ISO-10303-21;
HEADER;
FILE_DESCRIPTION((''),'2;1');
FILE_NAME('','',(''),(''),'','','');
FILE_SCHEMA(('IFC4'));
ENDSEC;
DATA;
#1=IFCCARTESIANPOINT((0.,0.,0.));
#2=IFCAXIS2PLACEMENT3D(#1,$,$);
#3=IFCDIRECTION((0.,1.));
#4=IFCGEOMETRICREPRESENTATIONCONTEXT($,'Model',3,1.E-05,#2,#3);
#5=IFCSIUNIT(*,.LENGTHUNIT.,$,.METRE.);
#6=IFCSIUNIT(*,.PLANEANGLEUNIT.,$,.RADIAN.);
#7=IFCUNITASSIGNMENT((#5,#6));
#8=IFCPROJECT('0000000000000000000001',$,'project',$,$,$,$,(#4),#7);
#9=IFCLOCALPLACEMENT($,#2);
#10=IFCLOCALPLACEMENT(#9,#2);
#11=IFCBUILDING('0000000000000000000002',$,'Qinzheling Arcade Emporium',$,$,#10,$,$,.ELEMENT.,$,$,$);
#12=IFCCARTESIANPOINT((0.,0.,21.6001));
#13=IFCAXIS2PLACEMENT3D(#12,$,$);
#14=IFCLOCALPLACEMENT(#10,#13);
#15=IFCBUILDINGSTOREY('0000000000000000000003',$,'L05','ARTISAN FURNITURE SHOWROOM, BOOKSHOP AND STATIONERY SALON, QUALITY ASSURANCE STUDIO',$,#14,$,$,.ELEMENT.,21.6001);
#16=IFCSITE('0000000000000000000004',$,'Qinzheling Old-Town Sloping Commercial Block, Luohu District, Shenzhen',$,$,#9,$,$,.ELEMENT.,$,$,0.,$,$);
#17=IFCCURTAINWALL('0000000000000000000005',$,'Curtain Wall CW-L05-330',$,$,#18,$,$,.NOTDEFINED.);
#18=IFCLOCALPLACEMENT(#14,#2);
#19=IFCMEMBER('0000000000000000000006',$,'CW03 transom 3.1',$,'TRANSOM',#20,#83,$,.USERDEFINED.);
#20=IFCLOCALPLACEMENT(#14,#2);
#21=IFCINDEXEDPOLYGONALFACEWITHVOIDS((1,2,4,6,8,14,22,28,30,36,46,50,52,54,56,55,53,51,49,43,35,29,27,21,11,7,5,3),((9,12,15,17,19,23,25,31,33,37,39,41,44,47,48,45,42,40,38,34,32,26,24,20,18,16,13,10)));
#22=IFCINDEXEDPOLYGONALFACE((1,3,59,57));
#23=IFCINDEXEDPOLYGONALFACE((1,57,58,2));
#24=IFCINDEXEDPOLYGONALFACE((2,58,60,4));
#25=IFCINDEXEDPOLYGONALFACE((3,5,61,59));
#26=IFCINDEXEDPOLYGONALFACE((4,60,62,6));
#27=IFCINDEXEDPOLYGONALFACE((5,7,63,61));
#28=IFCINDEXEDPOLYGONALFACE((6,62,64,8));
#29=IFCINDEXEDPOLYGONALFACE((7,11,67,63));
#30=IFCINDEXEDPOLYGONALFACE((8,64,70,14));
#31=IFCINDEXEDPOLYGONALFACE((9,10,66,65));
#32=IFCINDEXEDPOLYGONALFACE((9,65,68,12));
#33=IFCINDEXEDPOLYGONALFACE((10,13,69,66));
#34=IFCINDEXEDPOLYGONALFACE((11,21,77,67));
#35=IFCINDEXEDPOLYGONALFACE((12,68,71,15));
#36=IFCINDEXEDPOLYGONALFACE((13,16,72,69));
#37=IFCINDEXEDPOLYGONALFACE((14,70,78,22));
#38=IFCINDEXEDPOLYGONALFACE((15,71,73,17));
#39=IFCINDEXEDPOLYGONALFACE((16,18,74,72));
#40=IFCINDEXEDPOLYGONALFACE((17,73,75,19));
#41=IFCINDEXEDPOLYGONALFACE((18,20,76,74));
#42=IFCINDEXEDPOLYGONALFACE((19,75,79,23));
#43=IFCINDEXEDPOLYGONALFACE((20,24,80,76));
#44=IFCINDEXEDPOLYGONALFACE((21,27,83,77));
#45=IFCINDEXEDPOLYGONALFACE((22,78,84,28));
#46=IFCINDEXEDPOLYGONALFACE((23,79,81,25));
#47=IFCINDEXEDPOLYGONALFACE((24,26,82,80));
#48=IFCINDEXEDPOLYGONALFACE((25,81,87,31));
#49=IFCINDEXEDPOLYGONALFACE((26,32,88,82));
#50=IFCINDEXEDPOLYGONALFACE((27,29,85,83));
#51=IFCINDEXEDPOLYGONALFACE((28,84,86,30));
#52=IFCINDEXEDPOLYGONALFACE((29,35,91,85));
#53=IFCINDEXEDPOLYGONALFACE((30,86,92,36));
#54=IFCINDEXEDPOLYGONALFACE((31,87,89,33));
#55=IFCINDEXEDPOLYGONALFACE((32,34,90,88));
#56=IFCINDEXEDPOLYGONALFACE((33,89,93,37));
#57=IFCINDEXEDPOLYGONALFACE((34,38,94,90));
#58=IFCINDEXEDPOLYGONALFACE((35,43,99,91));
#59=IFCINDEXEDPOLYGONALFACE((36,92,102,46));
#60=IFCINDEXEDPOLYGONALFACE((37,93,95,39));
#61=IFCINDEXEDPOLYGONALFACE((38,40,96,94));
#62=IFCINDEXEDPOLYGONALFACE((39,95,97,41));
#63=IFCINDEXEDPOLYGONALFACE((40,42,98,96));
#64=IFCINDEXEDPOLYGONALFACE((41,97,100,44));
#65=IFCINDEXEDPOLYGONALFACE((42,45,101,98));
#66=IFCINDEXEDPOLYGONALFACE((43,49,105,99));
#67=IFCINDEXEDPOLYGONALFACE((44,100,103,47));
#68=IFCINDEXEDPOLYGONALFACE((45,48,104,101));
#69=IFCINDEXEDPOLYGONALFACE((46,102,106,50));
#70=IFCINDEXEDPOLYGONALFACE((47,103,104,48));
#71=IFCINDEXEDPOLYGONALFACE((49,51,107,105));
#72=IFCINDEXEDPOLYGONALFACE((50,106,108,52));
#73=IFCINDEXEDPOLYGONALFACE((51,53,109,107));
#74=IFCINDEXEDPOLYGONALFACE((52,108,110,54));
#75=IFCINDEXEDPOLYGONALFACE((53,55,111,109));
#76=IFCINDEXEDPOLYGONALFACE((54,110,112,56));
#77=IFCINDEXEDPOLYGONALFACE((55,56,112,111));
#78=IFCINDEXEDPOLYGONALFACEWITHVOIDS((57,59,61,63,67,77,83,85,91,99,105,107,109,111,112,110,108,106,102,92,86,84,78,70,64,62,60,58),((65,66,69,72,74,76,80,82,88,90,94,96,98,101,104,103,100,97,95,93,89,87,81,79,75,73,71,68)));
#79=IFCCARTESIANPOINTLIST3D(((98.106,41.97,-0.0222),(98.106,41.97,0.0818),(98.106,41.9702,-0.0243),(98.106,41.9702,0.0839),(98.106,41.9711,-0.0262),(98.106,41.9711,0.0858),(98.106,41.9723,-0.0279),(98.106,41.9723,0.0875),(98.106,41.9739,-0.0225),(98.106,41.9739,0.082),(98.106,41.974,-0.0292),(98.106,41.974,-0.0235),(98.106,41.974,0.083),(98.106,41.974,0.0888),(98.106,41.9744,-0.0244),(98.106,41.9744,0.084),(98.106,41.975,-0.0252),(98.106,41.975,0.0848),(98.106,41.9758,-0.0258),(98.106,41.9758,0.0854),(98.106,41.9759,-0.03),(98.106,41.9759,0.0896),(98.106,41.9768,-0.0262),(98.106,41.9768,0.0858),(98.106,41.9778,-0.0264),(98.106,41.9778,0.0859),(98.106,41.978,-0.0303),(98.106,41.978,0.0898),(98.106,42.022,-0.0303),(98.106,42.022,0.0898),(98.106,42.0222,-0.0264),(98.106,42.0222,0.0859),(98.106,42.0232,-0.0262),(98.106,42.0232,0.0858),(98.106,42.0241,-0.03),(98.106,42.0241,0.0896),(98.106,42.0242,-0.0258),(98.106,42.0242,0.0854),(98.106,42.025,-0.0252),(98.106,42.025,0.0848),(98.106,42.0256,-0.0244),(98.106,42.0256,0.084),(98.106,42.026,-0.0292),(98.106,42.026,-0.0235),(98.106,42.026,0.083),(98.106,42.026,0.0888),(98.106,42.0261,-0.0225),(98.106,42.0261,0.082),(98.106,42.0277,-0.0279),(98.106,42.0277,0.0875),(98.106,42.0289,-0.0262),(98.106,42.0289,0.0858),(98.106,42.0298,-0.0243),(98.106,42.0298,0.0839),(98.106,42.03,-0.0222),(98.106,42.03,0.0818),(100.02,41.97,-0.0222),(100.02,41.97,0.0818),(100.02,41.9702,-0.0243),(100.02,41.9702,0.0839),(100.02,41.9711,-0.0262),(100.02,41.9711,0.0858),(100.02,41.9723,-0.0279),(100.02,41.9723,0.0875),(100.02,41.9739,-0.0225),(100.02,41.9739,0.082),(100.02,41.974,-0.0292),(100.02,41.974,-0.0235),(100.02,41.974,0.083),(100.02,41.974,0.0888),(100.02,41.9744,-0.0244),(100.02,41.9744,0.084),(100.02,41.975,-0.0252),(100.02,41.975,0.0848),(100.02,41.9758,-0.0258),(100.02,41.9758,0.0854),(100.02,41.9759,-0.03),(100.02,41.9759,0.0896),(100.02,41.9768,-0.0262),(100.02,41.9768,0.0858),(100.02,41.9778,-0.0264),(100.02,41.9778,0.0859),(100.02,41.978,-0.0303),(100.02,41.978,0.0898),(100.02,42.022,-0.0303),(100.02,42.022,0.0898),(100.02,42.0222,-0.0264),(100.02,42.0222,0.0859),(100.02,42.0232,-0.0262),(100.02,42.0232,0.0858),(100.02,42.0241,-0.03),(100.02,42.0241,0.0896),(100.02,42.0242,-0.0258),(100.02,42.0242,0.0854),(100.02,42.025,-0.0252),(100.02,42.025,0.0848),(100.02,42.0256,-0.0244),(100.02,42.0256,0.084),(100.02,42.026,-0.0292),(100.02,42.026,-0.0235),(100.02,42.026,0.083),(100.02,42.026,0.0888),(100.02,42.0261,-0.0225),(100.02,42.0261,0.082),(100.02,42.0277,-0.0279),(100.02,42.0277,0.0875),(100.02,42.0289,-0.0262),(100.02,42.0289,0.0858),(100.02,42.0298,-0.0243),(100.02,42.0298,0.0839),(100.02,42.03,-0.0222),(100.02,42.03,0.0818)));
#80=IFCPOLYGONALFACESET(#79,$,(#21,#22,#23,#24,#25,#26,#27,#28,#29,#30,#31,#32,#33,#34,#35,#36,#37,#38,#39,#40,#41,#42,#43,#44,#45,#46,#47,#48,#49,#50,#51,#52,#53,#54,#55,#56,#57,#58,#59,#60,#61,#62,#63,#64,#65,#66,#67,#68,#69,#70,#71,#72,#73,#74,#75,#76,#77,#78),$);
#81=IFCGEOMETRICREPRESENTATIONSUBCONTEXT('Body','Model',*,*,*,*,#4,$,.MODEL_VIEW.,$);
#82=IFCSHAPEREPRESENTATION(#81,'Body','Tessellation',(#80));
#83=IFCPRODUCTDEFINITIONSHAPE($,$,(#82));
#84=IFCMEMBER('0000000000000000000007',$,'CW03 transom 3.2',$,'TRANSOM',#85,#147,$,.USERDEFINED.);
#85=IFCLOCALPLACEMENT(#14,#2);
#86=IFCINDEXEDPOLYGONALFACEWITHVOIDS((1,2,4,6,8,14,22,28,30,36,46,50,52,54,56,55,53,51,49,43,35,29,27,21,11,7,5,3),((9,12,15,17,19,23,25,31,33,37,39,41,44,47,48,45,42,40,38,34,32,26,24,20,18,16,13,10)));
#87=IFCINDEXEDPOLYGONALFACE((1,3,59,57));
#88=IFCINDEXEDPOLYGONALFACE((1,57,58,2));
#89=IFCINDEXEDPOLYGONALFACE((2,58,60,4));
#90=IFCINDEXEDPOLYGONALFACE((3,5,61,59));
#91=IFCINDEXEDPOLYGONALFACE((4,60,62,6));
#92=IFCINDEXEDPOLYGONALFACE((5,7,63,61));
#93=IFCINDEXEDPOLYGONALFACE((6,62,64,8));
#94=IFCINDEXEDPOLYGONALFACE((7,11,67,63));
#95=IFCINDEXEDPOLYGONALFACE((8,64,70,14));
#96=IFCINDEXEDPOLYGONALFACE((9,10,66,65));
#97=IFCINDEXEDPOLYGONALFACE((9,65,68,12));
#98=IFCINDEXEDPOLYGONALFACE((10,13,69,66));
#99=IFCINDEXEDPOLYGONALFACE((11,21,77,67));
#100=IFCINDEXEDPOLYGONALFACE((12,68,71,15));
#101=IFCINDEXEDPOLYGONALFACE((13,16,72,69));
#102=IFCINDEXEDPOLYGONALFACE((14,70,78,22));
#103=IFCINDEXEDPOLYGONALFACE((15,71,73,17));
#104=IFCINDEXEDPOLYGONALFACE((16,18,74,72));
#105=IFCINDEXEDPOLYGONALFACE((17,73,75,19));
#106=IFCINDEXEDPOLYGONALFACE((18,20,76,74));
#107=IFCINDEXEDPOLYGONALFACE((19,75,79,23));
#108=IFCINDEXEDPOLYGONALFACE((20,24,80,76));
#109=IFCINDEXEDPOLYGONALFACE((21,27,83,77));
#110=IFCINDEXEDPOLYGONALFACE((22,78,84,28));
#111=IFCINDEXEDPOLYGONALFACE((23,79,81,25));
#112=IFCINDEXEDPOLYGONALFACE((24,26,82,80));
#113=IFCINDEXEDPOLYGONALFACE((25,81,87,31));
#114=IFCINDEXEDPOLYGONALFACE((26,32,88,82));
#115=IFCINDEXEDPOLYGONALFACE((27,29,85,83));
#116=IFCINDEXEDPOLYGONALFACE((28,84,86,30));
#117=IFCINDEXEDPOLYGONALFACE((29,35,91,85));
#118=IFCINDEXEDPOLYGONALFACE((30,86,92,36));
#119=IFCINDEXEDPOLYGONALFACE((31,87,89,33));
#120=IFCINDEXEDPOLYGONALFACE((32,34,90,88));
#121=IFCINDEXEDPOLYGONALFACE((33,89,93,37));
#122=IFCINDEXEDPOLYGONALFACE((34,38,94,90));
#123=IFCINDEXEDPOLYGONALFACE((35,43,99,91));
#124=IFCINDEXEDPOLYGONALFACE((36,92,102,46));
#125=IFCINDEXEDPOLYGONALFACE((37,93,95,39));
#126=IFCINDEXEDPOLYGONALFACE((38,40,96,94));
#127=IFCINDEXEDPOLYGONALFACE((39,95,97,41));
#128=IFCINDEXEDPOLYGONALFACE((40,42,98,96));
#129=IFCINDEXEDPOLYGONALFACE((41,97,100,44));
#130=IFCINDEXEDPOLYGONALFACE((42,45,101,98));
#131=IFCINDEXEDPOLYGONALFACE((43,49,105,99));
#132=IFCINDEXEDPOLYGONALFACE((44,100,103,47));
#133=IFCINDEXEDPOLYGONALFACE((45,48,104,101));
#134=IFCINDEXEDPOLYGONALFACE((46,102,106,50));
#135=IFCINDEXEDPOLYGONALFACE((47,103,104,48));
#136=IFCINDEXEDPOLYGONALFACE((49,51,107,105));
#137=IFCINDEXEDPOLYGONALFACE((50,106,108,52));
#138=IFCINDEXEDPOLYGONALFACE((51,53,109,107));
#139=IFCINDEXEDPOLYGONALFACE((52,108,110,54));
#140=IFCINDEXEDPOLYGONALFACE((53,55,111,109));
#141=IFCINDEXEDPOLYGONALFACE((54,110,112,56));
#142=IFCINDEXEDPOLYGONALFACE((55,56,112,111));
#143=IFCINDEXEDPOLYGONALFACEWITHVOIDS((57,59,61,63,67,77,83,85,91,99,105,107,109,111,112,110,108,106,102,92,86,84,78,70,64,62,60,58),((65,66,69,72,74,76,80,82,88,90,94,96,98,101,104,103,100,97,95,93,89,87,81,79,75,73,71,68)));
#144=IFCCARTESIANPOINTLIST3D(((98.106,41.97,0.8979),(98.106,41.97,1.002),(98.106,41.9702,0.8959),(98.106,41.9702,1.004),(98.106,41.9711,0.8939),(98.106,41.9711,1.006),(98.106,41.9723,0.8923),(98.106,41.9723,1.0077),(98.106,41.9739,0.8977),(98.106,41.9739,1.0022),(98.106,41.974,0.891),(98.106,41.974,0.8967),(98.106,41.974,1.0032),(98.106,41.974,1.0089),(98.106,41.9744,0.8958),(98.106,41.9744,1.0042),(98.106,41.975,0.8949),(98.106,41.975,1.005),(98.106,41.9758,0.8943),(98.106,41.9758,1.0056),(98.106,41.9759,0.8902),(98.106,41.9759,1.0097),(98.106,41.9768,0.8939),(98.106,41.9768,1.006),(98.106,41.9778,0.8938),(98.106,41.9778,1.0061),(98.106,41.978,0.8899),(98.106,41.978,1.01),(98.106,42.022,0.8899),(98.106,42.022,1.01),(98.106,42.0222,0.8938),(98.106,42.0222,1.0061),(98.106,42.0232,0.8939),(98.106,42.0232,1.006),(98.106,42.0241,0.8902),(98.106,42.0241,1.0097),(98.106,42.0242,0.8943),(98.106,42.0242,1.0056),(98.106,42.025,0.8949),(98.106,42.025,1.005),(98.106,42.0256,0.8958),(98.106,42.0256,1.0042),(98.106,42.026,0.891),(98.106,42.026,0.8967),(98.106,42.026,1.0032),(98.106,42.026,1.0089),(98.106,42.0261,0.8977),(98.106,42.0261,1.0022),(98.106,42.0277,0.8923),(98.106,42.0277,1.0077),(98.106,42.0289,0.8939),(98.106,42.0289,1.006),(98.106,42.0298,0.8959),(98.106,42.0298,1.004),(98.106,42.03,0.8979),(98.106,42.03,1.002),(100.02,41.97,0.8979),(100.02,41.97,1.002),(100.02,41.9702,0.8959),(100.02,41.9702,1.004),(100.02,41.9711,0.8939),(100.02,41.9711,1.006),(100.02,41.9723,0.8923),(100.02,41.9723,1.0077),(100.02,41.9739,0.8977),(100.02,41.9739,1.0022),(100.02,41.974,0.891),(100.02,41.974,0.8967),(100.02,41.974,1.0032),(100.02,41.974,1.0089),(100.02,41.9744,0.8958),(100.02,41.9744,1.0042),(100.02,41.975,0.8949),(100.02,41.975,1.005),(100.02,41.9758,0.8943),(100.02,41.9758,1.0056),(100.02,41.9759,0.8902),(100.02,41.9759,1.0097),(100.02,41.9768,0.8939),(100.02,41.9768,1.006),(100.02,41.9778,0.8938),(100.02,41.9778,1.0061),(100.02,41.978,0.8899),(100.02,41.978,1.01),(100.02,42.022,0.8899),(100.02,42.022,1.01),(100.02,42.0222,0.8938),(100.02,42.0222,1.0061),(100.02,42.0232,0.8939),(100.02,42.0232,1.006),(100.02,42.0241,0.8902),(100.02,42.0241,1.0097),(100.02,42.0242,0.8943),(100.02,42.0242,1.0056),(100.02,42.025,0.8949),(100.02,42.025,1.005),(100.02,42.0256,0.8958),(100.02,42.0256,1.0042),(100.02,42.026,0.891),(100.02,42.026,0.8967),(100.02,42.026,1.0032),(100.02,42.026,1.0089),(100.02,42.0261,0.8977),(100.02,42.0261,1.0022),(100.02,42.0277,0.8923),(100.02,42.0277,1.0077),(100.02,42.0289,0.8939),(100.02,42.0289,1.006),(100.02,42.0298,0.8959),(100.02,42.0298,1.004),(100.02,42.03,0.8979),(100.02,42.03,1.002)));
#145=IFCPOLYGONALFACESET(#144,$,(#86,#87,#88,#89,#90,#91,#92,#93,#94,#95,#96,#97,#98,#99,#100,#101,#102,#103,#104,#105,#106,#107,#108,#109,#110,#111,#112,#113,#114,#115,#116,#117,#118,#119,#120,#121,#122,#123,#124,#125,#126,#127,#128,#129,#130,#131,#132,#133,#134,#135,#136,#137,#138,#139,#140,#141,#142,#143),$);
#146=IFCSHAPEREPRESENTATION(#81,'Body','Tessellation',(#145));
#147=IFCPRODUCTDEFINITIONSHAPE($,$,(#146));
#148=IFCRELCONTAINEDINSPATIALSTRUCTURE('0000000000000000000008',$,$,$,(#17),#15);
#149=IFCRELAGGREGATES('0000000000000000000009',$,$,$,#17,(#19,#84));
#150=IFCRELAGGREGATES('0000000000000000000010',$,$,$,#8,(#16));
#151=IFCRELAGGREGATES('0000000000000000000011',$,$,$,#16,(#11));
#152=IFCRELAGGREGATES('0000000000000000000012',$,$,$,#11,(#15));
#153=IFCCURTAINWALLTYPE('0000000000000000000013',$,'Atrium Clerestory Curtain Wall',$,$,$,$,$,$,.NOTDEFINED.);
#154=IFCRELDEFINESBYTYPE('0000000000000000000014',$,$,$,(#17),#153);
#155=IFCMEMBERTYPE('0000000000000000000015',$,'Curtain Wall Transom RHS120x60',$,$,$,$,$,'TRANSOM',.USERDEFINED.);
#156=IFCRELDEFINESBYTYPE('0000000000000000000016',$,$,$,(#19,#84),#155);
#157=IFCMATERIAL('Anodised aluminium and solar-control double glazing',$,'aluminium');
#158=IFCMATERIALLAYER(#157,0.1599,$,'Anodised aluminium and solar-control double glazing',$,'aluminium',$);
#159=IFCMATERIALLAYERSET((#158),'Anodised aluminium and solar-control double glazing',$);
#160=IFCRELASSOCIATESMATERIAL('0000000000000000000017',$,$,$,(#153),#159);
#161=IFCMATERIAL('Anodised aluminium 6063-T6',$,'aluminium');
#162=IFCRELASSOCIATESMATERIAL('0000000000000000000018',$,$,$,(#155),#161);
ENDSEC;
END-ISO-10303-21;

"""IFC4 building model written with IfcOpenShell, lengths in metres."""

from ifc_helpers import new_model, si_unit, direction, frame, origin, origin_2d, place, context, subcontext, project, spatial, hollow_rectangle, extrude, material, layer, layer_set, material_profile, profile_set, type_object, element, aggregate, save


model = new_model("IFC4")

# Units and contexts
model_context = context("Model", 3, precision=1e-05, world=origin(), true_north=direction((0.0, 1.0)))
body_context = subcontext(model_context, "Body", "Model", "MODEL_VIEW")
ifc_project = project(units=[si_unit("LENGTHUNIT", "METRE"), si_unit("PLANEANGLEUNIT", "RADIAN")], contexts=[model_context])

# Site, building, storey
site_placement = place(None, origin())
site = spatial("IfcSite", under=ifc_project, at=site_placement, Name="Qinzheling Old-Town Sloping Commercial Block, Luohu District, Shenzhen", CompositionType="ELEMENT", RefElevation=0.0)
building_placement = place(site_placement, origin())
building = spatial("IfcBuilding", under=site, at=building_placement, Name="Qinzheling Arcade Emporium", CompositionType="ELEMENT")
storey_placement = place(building_placement, frame((0.0, 0.0, 21.6001)))
storey = spatial("IfcBuildingStorey", under=building, at=storey_placement, Name="L05", Description="ARTISAN FURNITURE SHOWROOM, BOOKSHOP AND STATIONERY SALON, QUALITY ASSURANCE STUDIO", CompositionType="ELEMENT", Elevation=21.6001)

# Shared definitions
ifc_material_1 = material(Name="Anodised aluminium and solar-control double glazing", Category="aluminium")
ifc_material_2 = material(Name="Anodised aluminium 6063-T6", Category="aluminium")

# Curtain wall
ifc_layer_1 = layer(ifc_material_1, 0.1599, Name="Anodised aluminium and solar-control double glazing", Category="aluminium")
ifc_layer_set_1 = layer_set([ifc_layer_1], Name="Anodised aluminium and solar-control double glazing")
curtain_wall_type_1 = type_object("IfcCurtainWallType", Name="Atrium Clerestory Curtain Wall", PredefinedType="NOTDEFINED", material=ifc_layer_set_1)
curtain_wall_1_placement = place(storey_placement, origin())
curtain_wall_1 = element("IfcCurtainWall", 1, at=curtain_wall_1_placement, inside=storey, type_object=curtain_wall_type_1, Name="Curtain Wall CW-L05-330", PredefinedType="NOTDEFINED")

# Members
ifc_material_profile_1 = material_profile(ifc_material_2, hollow_rectangle(XDim=0.0601, YDim=0.1201, WallThickness=0.0039, InnerFilletRadius=0.0039, OuterFilletRadius=0.0081, at=origin_2d()), Name="RHS 120x60x4", Category="aluminium")
ifc_profile_set_1 = profile_set([ifc_material_profile_1], Name="Anodised aluminium 6063-T6")
member_type_1 = type_object("IfcMemberType", Name="Curtain Wall Transom RHS120x60", ElementType="TRANSOM", PredefinedType="USERDEFINED", material=ifc_profile_set_1)
member_1_placement = place(storey_placement, frame((100.02, 42.0, 0.0298), z_axis=(-1.0, 0.0, 0.0), x_axis=(0.0, -1.0, 0.0)))
member_1 = element("IfcMember", 2, at=member_1_placement, type_object=member_type_1, Name="CW03 transom 3.1", ObjectType="TRANSOM", PredefinedType="USERDEFINED", context=body_context, shape_type="SweptSolid", body=[
    extrude(hollow_rectangle(XDim=0.0601, YDim=0.1201, WallThickness=0.0039, InnerFilletRadius=0.0039, OuterFilletRadius=0.0081, at=origin_2d()), origin(), (0.0, 0.0, 1.0), 1.9141),
])
member_2_placement = place(storey_placement, frame((100.02, 42.0, 0.95), z_axis=(-1.0, 0.0, 0.0), x_axis=(0.0, -1.0, 0.0)))
member_2 = element("IfcMember", 3, at=member_2_placement, type_object=member_type_1, Name="CW03 transom 3.2", ObjectType="TRANSOM", PredefinedType="USERDEFINED", context=body_context, shape_type="SweptSolid", body=[
    extrude(hollow_rectangle(XDim=0.0601, YDim=0.1201, WallThickness=0.0039, InnerFilletRadius=0.0039, OuterFilletRadius=0.0081, at=origin_2d()), origin(), (0.0, 0.0, 1.0), 1.9141),
])

aggregate(curtain_wall_1, [member_1, member_2])

save(model, "model.ifc")
